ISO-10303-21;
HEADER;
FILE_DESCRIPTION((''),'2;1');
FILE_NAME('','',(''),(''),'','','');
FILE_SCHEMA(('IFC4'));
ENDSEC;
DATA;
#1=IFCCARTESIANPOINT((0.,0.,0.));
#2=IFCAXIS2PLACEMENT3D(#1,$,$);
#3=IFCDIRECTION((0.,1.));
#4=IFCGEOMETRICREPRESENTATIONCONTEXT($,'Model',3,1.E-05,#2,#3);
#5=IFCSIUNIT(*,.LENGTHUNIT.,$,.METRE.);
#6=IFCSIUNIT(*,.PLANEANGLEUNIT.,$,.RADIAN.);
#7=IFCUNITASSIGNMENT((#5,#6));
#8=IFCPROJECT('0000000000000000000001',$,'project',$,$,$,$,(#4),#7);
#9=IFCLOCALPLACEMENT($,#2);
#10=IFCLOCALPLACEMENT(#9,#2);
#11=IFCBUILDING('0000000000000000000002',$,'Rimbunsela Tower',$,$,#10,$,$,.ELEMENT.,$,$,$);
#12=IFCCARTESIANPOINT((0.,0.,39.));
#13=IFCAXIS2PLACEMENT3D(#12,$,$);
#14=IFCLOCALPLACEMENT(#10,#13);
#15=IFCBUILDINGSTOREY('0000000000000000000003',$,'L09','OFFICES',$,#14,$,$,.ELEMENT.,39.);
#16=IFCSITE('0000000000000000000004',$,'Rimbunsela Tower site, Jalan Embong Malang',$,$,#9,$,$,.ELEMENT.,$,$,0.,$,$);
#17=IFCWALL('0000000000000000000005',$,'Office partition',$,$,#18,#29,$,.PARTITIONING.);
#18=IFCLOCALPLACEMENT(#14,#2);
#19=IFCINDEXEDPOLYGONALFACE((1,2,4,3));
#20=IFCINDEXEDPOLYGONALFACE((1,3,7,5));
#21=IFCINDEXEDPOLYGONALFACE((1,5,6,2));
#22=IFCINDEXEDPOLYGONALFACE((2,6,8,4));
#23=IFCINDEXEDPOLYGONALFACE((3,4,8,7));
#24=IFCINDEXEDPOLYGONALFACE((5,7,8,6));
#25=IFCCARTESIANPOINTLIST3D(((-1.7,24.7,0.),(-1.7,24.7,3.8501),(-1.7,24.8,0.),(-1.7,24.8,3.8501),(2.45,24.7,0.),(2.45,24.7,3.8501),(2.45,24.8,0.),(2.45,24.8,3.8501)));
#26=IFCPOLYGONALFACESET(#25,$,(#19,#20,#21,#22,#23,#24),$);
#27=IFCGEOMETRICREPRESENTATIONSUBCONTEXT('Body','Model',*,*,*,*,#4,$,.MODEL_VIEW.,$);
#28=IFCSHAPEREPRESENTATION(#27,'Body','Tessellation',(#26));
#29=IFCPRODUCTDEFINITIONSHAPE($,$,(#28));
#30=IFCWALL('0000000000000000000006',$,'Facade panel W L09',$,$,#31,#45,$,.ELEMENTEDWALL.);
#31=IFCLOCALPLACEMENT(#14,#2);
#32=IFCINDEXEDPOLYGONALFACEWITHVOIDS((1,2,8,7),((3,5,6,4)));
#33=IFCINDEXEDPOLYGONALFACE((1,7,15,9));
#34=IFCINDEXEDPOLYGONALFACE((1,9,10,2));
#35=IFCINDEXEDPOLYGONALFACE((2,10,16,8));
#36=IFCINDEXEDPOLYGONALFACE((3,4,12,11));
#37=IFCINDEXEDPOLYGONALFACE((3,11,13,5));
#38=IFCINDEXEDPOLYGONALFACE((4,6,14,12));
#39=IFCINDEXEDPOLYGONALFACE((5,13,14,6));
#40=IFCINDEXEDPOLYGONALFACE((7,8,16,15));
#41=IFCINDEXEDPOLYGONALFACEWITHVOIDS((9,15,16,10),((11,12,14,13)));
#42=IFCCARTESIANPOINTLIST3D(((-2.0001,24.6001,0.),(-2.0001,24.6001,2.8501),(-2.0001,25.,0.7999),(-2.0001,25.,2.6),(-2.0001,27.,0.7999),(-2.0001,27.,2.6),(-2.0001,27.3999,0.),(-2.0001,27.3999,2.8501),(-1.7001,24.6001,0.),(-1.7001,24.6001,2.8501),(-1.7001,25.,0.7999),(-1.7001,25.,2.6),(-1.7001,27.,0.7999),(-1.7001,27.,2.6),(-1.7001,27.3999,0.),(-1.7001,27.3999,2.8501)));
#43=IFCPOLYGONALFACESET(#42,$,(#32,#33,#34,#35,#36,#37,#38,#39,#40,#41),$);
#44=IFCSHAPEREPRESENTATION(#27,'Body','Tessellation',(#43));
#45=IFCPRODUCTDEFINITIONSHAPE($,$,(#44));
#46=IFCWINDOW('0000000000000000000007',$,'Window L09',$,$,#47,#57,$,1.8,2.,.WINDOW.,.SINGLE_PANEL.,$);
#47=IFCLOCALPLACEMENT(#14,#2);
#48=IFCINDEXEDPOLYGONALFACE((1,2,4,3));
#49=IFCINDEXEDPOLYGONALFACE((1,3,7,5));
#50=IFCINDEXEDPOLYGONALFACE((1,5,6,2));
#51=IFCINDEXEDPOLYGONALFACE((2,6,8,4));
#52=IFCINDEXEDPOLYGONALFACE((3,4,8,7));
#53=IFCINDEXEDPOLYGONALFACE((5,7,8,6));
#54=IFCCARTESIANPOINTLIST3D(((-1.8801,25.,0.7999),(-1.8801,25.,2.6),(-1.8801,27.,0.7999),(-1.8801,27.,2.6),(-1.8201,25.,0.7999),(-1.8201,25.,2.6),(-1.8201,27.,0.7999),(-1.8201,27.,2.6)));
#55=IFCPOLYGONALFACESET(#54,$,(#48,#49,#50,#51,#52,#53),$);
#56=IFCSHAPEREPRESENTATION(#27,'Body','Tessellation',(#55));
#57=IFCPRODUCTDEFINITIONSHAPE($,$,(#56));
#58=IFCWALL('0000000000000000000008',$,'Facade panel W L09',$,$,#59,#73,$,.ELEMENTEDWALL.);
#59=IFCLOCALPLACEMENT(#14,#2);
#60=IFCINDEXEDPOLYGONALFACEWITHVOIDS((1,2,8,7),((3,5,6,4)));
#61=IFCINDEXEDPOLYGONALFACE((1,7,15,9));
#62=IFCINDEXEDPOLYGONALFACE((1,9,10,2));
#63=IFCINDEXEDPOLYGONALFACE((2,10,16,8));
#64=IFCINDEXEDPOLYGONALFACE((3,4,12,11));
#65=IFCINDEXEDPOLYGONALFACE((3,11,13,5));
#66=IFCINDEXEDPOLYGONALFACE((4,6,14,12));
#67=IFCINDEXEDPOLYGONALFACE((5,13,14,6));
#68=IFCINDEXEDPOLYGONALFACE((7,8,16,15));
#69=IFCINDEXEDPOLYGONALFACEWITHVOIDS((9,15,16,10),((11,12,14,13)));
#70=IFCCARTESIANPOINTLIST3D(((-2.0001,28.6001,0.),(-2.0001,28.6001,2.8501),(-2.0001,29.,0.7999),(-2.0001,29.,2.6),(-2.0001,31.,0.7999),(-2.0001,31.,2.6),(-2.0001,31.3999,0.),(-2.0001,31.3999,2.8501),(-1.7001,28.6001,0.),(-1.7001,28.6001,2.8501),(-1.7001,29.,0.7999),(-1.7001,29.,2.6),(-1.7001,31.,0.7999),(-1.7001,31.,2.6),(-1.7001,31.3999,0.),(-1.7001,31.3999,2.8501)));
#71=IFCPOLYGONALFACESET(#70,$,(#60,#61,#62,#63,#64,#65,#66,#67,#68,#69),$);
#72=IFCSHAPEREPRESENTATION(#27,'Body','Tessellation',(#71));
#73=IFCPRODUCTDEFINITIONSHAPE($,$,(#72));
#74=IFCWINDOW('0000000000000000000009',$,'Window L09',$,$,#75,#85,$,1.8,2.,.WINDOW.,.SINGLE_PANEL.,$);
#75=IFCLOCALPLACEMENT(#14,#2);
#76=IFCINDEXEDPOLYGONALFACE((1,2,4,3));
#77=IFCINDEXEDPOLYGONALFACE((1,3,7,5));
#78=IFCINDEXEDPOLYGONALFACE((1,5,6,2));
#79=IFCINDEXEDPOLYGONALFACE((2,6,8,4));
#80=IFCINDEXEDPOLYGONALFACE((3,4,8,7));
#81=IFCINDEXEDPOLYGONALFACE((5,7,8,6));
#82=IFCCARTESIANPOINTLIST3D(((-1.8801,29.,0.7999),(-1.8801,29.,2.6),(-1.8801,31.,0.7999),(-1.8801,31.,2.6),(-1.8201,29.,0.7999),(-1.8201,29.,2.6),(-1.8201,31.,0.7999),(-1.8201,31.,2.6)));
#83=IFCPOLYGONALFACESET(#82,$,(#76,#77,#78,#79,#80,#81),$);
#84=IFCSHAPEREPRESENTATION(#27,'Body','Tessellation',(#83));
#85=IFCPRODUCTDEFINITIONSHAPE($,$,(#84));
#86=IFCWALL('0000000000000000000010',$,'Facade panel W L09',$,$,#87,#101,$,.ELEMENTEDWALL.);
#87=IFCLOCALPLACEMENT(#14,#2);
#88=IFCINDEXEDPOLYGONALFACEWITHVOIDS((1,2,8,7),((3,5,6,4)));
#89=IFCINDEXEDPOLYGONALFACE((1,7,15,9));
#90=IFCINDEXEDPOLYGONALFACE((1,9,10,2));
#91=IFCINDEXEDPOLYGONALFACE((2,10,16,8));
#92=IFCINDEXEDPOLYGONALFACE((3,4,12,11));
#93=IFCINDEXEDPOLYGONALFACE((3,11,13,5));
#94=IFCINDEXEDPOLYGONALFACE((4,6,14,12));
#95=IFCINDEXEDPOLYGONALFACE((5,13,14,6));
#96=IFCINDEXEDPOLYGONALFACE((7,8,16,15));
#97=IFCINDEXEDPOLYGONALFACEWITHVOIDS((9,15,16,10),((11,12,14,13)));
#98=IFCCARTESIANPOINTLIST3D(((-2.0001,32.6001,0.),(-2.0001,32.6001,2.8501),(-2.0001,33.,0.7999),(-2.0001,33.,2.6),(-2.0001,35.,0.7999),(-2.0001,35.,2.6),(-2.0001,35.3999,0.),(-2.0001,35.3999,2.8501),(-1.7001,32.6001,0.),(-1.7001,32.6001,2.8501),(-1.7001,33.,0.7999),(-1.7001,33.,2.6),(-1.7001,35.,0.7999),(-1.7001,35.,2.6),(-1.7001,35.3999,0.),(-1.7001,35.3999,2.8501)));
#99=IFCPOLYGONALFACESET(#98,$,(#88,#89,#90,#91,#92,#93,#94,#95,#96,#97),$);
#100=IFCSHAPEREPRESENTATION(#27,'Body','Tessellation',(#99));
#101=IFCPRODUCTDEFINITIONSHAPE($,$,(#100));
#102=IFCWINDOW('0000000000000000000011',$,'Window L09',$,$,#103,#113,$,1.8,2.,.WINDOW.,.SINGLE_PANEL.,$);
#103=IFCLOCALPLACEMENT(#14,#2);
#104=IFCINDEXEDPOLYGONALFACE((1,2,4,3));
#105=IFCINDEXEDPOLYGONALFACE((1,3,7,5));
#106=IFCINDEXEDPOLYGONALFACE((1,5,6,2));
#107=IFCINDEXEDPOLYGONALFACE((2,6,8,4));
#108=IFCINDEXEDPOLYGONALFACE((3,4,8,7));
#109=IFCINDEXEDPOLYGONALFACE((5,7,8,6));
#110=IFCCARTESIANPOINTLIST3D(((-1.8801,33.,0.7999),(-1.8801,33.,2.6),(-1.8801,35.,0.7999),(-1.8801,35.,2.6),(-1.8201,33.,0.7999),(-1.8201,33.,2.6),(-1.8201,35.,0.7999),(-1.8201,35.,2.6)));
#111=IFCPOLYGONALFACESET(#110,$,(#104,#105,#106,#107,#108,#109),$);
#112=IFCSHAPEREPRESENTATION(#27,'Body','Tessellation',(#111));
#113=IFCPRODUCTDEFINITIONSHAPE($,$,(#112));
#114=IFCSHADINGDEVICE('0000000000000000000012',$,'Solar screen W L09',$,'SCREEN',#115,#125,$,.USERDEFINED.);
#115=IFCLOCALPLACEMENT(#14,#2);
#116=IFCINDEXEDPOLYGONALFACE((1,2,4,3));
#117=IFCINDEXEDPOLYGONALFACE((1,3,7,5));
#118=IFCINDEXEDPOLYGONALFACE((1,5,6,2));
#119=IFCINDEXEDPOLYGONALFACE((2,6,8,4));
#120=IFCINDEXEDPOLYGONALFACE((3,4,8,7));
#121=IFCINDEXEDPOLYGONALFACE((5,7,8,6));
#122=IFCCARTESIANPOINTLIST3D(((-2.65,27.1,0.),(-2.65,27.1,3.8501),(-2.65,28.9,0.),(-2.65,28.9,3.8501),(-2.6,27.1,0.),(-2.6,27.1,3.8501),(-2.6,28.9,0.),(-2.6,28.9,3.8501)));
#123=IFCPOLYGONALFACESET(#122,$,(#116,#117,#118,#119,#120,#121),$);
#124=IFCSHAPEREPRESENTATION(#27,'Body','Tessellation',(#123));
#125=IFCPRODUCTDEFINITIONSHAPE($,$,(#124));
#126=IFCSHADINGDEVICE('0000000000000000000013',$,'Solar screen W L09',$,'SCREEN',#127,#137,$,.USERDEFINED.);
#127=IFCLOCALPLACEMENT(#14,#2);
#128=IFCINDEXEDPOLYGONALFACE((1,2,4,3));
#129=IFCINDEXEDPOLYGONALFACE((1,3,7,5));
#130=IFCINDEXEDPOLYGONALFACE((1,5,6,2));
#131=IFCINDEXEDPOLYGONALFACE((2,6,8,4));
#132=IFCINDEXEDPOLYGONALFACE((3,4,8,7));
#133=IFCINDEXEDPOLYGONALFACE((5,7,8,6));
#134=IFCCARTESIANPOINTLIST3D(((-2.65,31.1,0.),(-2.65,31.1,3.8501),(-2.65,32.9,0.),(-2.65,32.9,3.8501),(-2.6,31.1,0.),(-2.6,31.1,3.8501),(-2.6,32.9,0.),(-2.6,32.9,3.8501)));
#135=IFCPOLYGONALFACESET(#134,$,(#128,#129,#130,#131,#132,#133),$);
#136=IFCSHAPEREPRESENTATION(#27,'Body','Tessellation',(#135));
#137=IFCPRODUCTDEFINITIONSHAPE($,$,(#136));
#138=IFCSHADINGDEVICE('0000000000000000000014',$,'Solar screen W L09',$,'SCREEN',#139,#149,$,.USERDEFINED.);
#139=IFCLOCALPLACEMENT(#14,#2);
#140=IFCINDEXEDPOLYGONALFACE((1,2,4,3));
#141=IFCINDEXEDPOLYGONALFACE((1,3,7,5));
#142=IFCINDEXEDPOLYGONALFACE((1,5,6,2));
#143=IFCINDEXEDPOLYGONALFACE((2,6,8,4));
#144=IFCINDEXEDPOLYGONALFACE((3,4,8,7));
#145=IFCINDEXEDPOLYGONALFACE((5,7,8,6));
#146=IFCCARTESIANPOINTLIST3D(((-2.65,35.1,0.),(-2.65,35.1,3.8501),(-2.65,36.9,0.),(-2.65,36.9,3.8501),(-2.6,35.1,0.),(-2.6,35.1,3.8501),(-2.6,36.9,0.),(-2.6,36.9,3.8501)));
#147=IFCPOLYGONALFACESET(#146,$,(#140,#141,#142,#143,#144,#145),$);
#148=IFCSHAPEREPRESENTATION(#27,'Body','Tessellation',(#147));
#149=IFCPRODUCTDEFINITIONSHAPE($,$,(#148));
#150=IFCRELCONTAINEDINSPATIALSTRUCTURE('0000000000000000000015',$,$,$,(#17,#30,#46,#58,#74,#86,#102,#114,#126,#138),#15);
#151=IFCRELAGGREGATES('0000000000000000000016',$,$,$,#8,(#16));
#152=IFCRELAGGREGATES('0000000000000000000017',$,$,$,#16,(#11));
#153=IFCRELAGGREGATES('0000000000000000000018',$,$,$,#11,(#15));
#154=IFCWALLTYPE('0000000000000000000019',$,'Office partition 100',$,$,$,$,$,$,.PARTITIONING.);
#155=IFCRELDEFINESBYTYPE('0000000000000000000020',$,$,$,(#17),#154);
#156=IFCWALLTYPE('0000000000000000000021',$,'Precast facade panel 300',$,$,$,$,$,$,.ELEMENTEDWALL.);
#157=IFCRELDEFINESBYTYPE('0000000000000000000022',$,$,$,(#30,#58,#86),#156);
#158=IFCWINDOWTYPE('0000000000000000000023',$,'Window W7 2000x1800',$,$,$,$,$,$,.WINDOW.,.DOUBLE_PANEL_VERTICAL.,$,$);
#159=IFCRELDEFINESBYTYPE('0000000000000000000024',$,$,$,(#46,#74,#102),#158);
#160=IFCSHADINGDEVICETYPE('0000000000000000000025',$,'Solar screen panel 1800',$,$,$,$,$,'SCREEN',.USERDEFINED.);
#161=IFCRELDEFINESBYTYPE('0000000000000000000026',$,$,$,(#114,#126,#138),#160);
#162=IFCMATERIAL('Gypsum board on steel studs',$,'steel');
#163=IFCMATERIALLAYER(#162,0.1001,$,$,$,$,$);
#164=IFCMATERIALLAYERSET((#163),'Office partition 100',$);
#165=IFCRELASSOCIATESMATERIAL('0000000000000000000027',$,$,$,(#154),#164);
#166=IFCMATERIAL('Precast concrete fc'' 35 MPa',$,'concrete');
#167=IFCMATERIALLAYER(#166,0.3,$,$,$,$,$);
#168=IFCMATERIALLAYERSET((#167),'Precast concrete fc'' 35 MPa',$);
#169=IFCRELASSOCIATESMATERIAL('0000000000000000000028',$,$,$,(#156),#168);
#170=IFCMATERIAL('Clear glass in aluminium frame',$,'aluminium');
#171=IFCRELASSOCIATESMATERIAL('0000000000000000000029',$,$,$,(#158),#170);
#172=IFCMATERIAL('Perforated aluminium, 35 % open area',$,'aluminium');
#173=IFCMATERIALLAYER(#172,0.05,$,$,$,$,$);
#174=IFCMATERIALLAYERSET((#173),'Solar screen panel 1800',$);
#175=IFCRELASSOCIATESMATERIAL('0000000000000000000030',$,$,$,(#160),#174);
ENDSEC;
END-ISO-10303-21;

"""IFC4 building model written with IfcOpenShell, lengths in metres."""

from ifc_helpers import new_model, si_unit, direction, frame, frame_2d, origin, origin_2d, place, context, subcontext, project, spatial, rectangle, extrude, material, layer, layer_set, type_object, element, fill, save


model = new_model("IFC4")

# Units and contexts
model_context = context("Model", 3, precision=1e-05, world=origin(), true_north=direction((0.0, 1.0)))
body_context = subcontext(model_context, "Body", "Model", "MODEL_VIEW")
ifc_project = project(units=[si_unit("LENGTHUNIT", "METRE"), si_unit("PLANEANGLEUNIT", "RADIAN")], contexts=[model_context])

# Site, building, storey
site_placement = place(None, origin())
site = spatial("IfcSite", under=ifc_project, at=site_placement, Name="Rimbunsela Tower site, Jalan Embong Malang", CompositionType="ELEMENT", RefElevation=0.0)
building_placement = place(site_placement, origin())
building = spatial("IfcBuilding", under=site, at=building_placement, Name="Rimbunsela Tower", CompositionType="ELEMENT")
storey_placement = place(building_placement, frame((0.0, 0.0, 39.0)))
storey = spatial("IfcBuildingStorey", under=building, at=storey_placement, Name="L09", Description="OFFICES", CompositionType="ELEMENT", Elevation=39.0)

# Wall
ifc_material_1 = material(Name="Gypsum board on steel studs", Category="steel")
ifc_layer_1 = layer(ifc_material_1, 0.1001)
ifc_layer_set_1 = layer_set([ifc_layer_1], Name="Office partition 100")
wall_type_1 = type_object("IfcWallType", Name="Office partition 100", PredefinedType="PARTITIONING", material=ifc_layer_set_1)
wall_1_placement = place(storey_placement, frame((-1.7, 24.75, 0.0), z_axis=(0.0, 0.0, 1.0), x_axis=(1.0, 0.0, 0.0)))
element("IfcWall", 1, at=wall_1_placement, inside=storey, type_object=wall_type_1, Name="Office partition", PredefinedType="PARTITIONING", context=body_context, shape_type="SweptSolid", body=[
    extrude(rectangle(XDim=4.1499, YDim=0.1001, at=frame_2d((2.075, 0.0))), origin(), (0.0, 0.0, 1.0), 3.8501),
])

# Walls, openings, windows
ifc_material_2 = material(Name="Precast concrete fc' 35 MPa", Category="concrete")
ifc_layer_2 = layer(ifc_material_2, 0.3)
ifc_layer_set_2 = layer_set([ifc_layer_2], Name="Precast concrete fc' 35 MPa")
wall_type_2 = type_object("IfcWallType", Name="Precast facade panel 300", PredefinedType="ELEMENTEDWALL", material=ifc_layer_set_2)
wall_2_placement = place(storey_placement, frame((-1.8501, 27.3999, 0.0), z_axis=(0.0, 0.0, 1.0), x_axis=(0.0, -1.0, 0.0)))
wall_2 = element("IfcWall", 2, at=wall_2_placement, inside=storey, type_object=wall_type_2, Name="Facade panel W L09", PredefinedType="ELEMENTEDWALL", context=body_context, shape_type="SweptSolid", body=[
    extrude(rectangle(XDim=2.7998, YDim=0.3, at=frame_2d((1.3999, 0.0))), origin(), (0.0, 0.0, 1.0), 2.8501),
])
opening_1_placement = place(wall_2_placement, frame((0.3999, 0.0, 0.8)))
opening_1 = element("IfcOpeningElement", 3, at=opening_1_placement, cuts=wall_2, PredefinedType="OPENING", context=body_context, shape_type="SweptSolid", body=[
    extrude(rectangle(XDim=2.0, YDim=1.8, at=frame_2d((1.0, 0.8999))), frame((0.0, 0.1599, 0.0), z_axis=(0.0, -1.0, 0.0), x_axis=(1.0, 0.0, 0.0)), (0.0, 0.0, 1.0), 0.3201),
])
ifc_material_3 = material(Name="Clear glass in aluminium frame", Category="aluminium")
window_type = type_object("IfcWindowType", Name="Window W7 2000x1800", PartitioningType="DOUBLE_PANEL_VERTICAL", PredefinedType="WINDOW", material=ifc_material_3)
window_1_placement = place(opening_1_placement, origin())
window_1 = element("IfcWindow", 4, at=window_1_placement, inside=storey, type_object=window_type, Name="Window L09", OverallHeight=1.8, OverallWidth=2.0, PartitioningType="SINGLE_PANEL", PredefinedType="WINDOW", context=body_context, shape_type="SweptSolid", body=[
    extrude(rectangle(XDim=2.0, YDim=1.8, at=frame_2d((1.0, 0.8999))), frame((0.0, 0.03, 0.0), z_axis=(0.0, -1.0, 0.0), x_axis=(1.0, 0.0, 0.0)), (0.0, 0.0, 1.0), 0.0601),
])
fill(opening_1, window_1)
wall_3_placement = place(storey_placement, frame((-1.8501, 31.3999, 0.0), z_axis=(0.0, 0.0, 1.0), x_axis=(0.0, -1.0, 0.0)))
wall_3 = element("IfcWall", 5, at=wall_3_placement, inside=storey, type_object=wall_type_2, Name="Facade panel W L09", PredefinedType="ELEMENTEDWALL", context=body_context, shape_type="SweptSolid", body=[
    extrude(rectangle(XDim=2.7998, YDim=0.3, at=frame_2d((1.3999, 0.0))), origin(), (0.0, 0.0, 1.0), 2.8501),
])
opening_2_placement = place(wall_3_placement, frame((0.3999, 0.0, 0.8)))
opening_2 = element("IfcOpeningElement", 6, at=opening_2_placement, cuts=wall_3, PredefinedType="OPENING", context=body_context, shape_type="SweptSolid", body=[
    extrude(rectangle(XDim=2.0, YDim=1.8, at=frame_2d((1.0, 0.8999))), frame((0.0, 0.1599, 0.0), z_axis=(0.0, -1.0, 0.0), x_axis=(1.0, 0.0, 0.0)), (0.0, 0.0, 1.0), 0.3201),
])
window_2_placement = place(opening_2_placement, origin())
window_2 = element("IfcWindow", 7, at=window_2_placement, inside=storey, type_object=window_type, Name="Window L09", OverallHeight=1.8, OverallWidth=2.0, PartitioningType="SINGLE_PANEL", PredefinedType="WINDOW", context=body_context, shape_type="SweptSolid", body=[
    extrude(rectangle(XDim=2.0, YDim=1.8, at=frame_2d((1.0, 0.8999))), frame((0.0, 0.03, 0.0), z_axis=(0.0, -1.0, 0.0), x_axis=(1.0, 0.0, 0.0)), (0.0, 0.0, 1.0), 0.0601),
])
fill(opening_2, window_2)
wall_4_placement = place(storey_placement, frame((-1.8501, 35.3999, 0.0), z_axis=(0.0, 0.0, 1.0), x_axis=(0.0, -1.0, 0.0)))
wall_4 = element("IfcWall", 8, at=wall_4_placement, inside=storey, type_object=wall_type_2, Name="Facade panel W L09", PredefinedType="ELEMENTEDWALL", context=body_context, shape_type="SweptSolid", body=[
    extrude(rectangle(XDim=2.7998, YDim=0.3, at=frame_2d((1.3999, 0.0))), origin(), (0.0, 0.0, 1.0), 2.8501),
])
opening_3_placement = place(wall_4_placement, frame((0.3999, 0.0, 0.8)))
opening_3 = element("IfcOpeningElement", 9, at=opening_3_placement, cuts=wall_4, PredefinedType="OPENING", context=body_context, shape_type="SweptSolid", body=[
    extrude(rectangle(XDim=2.0, YDim=1.8, at=frame_2d((1.0, 0.8999))), frame((0.0, 0.1599, 0.0), z_axis=(0.0, -1.0, 0.0), x_axis=(1.0, 0.0, 0.0)), (0.0, 0.0, 1.0), 0.3201),
])
window_3_placement = place(opening_3_placement, origin())
window_3 = element("IfcWindow", 10, at=window_3_placement, inside=storey, type_object=window_type, Name="Window L09", OverallHeight=1.8, OverallWidth=2.0, PartitioningType="SINGLE_PANEL", PredefinedType="WINDOW", context=body_context, shape_type="SweptSolid", body=[
    extrude(rectangle(XDim=2.0, YDim=1.8, at=frame_2d((1.0, 0.8999))), frame((0.0, 0.03, 0.0), z_axis=(0.0, -1.0, 0.0), x_axis=(1.0, 0.0, 0.0)), (0.0, 0.0, 1.0), 0.0601),
])
fill(opening_3, window_3)

# Shading devices
ifc_material_4 = material(Name="Perforated aluminium, 35 % open area", Category="aluminium")
ifc_layer_3 = layer(ifc_material_4, 0.05)
ifc_layer_set_3 = layer_set([ifc_layer_3], Name="Solar screen panel 1800")
shading_device_type = type_object("IfcShadingDeviceType", Name="Solar screen panel 1800", ElementType="SCREEN", PredefinedType="USERDEFINED", material=ifc_layer_set_3)
for number, where, z_axis, x_axis, name in (
    (11, (-2.625, 28.0, 0.0), (0.0, 0.0, 1.0), (0.0, 1.0, 0.0), "Solar screen W L09"),
    (12, (-2.625, 32.0, 0.0), (0.0, 0.0, 1.0), (0.0, 1.0, 0.0), "Solar screen W L09"),
    (13, (-2.625, 36.0, 0.0), (0.0, 0.0, 1.0), (0.0, 1.0, 0.0), "Solar screen W L09"),
):
    element("IfcShadingDevice", number, at=place(storey_placement, frame(where, z_axis=z_axis, x_axis=x_axis)), inside=storey, type_object=shading_device_type, Name=name, ObjectType="SCREEN", PredefinedType="USERDEFINED", context=body_context, shape_type="SweptSolid", body=[
        extrude(rectangle(XDim=1.8, YDim=0.05, at=origin_2d()), origin(), (0.0, 0.0, 1.0), 3.8501),
    ])

save(model, "model.ifc")
